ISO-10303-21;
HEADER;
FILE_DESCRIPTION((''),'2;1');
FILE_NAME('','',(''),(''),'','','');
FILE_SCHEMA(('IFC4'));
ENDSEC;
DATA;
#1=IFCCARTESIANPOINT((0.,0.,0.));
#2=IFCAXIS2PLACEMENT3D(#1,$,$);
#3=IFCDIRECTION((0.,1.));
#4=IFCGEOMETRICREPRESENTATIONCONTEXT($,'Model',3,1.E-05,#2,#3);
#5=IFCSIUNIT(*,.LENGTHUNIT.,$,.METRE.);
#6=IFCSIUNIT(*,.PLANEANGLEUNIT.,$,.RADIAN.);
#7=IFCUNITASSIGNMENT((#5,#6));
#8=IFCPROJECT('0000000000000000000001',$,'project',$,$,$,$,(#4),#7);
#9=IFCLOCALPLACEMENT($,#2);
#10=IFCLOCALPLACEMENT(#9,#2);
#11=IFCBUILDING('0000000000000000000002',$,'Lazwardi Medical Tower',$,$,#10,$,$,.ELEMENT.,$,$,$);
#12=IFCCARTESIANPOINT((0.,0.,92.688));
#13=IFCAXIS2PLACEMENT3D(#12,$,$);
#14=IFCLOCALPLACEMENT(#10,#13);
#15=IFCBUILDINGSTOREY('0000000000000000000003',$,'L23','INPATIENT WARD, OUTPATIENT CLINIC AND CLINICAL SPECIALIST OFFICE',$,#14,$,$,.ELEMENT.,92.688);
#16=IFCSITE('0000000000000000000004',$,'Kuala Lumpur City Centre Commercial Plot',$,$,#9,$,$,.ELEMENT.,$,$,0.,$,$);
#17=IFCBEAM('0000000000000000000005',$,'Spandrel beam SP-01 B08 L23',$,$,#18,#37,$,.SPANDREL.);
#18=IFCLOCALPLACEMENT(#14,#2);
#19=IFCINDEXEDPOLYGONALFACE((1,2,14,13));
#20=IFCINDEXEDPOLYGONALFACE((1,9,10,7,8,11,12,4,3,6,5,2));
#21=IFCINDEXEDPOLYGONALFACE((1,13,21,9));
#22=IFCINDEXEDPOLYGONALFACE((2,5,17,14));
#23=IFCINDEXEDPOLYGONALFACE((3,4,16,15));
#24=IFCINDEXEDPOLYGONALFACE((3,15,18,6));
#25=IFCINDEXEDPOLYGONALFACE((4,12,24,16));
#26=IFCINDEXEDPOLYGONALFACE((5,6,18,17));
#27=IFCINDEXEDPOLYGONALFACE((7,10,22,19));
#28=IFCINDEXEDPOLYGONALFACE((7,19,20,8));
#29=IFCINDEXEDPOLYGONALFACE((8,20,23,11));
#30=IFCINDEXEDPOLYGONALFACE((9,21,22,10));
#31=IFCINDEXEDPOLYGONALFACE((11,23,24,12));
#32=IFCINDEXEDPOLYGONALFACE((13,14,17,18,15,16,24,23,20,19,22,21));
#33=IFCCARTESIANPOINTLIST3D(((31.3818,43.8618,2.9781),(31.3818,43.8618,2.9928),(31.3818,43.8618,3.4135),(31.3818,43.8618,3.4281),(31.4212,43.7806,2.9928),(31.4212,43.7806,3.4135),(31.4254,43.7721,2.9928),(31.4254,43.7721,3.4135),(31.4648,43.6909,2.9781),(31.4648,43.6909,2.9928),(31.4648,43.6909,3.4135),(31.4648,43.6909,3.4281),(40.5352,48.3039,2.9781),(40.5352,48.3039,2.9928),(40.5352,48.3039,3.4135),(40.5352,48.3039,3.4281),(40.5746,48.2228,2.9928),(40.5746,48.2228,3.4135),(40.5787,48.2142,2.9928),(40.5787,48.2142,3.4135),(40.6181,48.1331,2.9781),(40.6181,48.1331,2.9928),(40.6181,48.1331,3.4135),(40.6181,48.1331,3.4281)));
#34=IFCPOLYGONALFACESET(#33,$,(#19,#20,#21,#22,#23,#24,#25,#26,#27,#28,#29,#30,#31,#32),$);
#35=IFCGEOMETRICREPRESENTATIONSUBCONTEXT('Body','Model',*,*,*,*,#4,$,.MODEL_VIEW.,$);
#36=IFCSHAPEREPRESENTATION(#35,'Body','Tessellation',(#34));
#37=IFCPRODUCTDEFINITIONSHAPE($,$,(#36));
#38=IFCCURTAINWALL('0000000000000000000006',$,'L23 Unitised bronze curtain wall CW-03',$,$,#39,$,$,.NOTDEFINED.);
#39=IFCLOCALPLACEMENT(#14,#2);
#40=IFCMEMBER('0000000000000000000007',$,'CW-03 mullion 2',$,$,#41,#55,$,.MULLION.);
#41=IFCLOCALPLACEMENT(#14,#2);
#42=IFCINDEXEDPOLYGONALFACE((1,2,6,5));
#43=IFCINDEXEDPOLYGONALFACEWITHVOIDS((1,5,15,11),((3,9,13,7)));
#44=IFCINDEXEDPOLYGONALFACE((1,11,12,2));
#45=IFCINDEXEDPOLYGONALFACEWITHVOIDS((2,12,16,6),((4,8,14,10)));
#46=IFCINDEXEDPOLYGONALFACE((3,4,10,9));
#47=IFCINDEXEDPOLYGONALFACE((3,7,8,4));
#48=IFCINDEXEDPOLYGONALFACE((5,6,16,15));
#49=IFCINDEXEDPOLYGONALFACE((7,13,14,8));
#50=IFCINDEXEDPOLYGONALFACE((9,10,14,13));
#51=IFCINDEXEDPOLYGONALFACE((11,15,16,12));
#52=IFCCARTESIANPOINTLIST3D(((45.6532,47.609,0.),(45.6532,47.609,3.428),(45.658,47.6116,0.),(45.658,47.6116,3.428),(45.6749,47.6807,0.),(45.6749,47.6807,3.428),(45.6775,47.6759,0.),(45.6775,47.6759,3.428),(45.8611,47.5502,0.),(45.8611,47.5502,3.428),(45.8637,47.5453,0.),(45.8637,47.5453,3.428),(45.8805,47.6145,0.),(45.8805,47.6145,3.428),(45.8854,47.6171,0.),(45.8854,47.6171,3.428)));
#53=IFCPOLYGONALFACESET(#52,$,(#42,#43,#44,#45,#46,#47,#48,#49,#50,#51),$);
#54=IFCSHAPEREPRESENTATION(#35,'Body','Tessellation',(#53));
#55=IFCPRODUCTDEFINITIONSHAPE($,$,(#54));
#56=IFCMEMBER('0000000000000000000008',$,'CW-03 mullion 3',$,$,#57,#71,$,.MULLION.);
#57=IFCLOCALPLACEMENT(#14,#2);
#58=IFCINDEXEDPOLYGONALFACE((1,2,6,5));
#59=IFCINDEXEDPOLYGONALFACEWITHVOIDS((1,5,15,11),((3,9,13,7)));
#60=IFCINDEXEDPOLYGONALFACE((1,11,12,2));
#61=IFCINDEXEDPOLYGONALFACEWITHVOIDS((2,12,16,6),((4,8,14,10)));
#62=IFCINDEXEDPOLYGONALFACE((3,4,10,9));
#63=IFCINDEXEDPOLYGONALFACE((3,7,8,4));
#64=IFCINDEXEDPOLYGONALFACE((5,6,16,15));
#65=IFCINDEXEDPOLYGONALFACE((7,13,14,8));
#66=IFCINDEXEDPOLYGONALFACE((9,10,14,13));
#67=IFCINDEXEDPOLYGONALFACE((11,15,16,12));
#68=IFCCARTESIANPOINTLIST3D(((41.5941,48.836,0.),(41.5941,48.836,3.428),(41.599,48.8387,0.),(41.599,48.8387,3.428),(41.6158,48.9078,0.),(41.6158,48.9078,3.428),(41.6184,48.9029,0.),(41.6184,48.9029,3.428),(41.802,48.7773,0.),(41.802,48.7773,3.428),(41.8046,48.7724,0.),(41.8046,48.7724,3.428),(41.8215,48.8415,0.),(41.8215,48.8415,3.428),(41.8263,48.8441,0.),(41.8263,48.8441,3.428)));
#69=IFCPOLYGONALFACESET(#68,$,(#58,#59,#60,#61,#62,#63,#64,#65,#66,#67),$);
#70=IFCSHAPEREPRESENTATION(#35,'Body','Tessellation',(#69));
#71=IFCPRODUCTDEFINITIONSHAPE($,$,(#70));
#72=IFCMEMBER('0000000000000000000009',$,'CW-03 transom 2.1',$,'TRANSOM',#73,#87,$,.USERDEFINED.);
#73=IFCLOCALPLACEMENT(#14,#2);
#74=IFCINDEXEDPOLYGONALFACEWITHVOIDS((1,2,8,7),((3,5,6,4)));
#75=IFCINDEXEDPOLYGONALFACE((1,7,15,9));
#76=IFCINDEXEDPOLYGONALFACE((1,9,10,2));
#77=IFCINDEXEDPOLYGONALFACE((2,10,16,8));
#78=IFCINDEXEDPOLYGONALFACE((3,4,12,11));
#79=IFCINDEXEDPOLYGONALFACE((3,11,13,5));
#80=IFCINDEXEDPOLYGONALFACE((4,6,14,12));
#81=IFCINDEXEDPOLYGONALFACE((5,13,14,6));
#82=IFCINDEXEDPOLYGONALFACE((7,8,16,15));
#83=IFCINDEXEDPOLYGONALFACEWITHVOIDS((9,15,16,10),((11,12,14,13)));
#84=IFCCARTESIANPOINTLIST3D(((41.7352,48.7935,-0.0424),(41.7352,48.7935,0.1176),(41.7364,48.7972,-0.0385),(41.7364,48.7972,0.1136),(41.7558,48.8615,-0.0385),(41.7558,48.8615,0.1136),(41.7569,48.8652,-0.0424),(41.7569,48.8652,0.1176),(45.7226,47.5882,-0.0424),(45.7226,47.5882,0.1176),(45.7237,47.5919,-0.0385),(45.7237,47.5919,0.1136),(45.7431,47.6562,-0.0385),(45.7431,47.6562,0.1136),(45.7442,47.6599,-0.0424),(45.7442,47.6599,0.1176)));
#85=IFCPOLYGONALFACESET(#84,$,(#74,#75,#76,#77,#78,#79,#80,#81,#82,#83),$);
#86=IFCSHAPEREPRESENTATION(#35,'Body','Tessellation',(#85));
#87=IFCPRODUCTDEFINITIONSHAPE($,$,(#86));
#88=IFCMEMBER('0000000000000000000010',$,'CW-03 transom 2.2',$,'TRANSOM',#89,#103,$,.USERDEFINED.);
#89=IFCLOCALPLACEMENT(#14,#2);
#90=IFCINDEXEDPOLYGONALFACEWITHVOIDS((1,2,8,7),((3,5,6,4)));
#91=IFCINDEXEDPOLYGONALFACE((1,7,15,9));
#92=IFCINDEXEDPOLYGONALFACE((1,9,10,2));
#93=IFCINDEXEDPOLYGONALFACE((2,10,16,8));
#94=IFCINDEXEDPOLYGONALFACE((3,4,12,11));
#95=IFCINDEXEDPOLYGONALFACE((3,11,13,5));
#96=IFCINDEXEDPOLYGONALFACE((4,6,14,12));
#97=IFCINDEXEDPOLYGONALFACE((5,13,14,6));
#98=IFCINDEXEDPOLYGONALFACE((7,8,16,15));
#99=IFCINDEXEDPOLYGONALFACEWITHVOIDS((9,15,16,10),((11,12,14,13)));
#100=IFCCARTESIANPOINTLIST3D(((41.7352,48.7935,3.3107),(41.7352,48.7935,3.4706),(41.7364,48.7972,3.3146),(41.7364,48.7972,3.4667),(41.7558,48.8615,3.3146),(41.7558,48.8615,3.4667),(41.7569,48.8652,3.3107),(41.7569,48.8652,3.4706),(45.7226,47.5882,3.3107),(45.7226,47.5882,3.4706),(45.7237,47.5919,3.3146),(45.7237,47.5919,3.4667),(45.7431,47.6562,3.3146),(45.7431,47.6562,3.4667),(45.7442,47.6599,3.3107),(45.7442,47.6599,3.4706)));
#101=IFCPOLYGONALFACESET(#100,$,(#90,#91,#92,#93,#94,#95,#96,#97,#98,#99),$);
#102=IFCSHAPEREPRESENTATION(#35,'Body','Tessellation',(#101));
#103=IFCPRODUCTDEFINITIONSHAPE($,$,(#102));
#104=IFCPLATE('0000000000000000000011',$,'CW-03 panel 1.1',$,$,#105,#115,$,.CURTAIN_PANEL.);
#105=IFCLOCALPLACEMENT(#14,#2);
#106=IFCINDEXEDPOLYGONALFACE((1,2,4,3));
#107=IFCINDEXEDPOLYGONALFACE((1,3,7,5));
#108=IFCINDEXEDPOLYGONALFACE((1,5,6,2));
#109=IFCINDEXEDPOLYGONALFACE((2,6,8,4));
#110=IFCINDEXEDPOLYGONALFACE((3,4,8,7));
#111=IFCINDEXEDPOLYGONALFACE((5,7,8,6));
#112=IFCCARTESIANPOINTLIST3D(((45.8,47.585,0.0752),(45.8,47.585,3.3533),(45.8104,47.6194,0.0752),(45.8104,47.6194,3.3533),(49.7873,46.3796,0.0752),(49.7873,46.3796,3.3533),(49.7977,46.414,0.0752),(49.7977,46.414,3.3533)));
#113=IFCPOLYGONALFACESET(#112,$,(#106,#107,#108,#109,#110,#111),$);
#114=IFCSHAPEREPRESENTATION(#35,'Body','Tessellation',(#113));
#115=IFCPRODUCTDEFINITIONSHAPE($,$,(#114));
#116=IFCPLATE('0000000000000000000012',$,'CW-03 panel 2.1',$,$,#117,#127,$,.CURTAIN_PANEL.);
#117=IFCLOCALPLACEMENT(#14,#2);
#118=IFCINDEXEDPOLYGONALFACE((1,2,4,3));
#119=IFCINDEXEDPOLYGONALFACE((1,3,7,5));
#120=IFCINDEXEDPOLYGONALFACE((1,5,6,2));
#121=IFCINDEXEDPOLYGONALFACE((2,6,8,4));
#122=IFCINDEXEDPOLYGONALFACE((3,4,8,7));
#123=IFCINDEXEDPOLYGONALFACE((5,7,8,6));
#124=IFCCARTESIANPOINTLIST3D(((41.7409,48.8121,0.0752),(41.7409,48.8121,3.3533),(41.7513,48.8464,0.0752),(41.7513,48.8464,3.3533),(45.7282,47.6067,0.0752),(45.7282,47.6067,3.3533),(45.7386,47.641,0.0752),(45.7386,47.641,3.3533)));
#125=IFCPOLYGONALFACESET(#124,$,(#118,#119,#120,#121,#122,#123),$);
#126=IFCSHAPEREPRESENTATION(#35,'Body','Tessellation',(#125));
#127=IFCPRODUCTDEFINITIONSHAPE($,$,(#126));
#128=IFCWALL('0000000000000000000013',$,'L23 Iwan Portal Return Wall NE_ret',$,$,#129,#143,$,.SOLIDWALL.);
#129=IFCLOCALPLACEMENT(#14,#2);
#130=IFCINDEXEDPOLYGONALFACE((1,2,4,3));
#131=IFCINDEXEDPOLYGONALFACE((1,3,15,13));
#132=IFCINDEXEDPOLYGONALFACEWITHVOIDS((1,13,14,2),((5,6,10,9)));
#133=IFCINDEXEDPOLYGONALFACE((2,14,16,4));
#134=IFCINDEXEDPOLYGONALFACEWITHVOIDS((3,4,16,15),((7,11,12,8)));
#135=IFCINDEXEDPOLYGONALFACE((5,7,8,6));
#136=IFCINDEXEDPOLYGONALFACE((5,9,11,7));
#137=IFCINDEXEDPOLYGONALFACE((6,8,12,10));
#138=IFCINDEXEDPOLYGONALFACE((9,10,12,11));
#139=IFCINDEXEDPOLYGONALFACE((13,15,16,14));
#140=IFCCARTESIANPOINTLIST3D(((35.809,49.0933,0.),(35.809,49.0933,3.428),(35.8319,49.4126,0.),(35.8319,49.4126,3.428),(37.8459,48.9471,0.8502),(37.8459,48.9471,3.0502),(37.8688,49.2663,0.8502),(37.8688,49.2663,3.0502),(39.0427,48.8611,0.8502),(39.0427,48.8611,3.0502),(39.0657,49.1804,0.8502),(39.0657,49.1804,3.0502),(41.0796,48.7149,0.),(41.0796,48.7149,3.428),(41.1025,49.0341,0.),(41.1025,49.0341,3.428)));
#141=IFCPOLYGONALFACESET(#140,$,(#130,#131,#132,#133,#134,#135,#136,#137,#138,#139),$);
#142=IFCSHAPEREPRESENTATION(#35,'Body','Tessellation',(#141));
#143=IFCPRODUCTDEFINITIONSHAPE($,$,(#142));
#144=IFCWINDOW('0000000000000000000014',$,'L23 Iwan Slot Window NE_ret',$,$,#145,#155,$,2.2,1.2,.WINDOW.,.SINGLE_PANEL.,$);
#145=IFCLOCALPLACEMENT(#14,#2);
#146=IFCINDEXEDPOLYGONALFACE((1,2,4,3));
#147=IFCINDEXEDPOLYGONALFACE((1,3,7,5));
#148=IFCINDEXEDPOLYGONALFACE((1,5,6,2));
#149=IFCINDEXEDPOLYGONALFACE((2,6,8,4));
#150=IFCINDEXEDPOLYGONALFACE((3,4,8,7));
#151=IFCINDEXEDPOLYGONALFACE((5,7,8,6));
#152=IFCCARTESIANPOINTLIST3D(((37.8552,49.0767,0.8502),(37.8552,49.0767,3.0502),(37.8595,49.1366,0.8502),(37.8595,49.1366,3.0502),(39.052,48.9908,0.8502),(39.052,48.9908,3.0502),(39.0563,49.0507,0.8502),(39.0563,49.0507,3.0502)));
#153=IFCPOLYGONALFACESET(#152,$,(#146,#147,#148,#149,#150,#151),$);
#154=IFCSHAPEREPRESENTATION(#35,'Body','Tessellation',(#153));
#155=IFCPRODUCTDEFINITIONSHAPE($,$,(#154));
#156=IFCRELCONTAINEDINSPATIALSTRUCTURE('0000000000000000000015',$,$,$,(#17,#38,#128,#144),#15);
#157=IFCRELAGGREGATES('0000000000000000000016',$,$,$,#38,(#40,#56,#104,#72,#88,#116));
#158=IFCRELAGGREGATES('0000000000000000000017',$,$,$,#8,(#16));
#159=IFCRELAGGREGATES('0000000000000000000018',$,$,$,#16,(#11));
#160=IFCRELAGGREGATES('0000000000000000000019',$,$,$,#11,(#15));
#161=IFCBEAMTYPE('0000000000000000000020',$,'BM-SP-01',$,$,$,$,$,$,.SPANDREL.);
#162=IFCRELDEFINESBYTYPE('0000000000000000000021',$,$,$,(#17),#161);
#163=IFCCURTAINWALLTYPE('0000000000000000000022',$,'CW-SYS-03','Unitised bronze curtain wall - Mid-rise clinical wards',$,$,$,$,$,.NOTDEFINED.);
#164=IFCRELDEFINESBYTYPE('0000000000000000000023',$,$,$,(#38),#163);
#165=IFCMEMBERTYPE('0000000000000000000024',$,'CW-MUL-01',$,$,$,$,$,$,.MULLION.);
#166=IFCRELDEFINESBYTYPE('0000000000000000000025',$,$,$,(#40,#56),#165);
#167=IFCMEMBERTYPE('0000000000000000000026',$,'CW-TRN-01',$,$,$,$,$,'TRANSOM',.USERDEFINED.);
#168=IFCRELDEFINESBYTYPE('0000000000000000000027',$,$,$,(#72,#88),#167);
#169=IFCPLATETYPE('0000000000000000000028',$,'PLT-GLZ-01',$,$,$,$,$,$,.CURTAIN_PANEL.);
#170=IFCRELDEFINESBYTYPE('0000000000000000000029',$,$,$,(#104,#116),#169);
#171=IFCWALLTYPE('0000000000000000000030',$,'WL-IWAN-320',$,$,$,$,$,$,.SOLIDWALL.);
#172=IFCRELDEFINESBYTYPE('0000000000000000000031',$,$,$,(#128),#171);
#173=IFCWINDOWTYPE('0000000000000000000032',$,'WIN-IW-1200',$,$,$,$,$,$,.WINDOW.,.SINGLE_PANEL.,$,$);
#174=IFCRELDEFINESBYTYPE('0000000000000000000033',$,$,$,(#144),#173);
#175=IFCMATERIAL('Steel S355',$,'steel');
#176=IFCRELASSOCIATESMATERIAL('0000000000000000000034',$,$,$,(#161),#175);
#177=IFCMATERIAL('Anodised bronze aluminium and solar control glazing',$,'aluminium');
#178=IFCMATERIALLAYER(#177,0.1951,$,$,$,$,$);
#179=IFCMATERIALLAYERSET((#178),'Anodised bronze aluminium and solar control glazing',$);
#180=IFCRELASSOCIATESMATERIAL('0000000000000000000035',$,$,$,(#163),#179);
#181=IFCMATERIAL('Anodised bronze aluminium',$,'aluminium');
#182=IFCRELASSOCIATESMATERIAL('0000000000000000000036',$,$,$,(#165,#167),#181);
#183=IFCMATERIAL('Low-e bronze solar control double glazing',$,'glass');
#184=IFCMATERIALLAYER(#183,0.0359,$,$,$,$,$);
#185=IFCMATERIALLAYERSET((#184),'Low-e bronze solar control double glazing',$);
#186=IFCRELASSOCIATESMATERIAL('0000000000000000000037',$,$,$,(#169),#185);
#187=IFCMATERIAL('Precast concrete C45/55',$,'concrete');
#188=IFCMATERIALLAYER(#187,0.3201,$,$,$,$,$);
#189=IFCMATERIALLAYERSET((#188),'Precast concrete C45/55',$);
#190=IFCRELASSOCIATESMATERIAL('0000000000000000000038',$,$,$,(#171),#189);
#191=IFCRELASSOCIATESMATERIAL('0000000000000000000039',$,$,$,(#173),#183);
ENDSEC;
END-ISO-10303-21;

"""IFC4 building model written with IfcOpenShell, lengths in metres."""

from ifc_helpers import new_model, si_unit, direction, frame, frame_2d, origin, origin_2d, place, context, subcontext, project, spatial, rectangle, hollow_rectangle, i_section, extrude, material, layer, layer_set, material_profile, profile_set, type_object, element, fill, aggregate, save


model = new_model("IFC4")

# Units and contexts
model_context = context("Model", 3, precision=1e-05, world=origin(), true_north=direction((0.0, 1.0)))
body_context = subcontext(model_context, "Body", "Model", "MODEL_VIEW")
ifc_project = project(units=[si_unit("LENGTHUNIT", "METRE"), si_unit("PLANEANGLEUNIT", "RADIAN")], contexts=[model_context])

# Site, building, storey
site_placement = place(None, origin())
site = spatial("IfcSite", under=ifc_project, at=site_placement, Name="Kuala Lumpur City Centre Commercial Plot", CompositionType="ELEMENT", RefElevation=0.0)
building_placement = place(site_placement, origin())
building = spatial("IfcBuilding", under=site, at=building_placement, Name="Lazwardi Medical Tower", CompositionType="ELEMENT")
storey_placement = place(building_placement, frame((0.0, 0.0, 92.688)))
storey = spatial("IfcBuildingStorey", under=building, at=storey_placement, Name="L23", Description="INPATIENT WARD, OUTPATIENT CLINIC AND CLINICAL SPECIALIST OFFICE", CompositionType="ELEMENT", Elevation=92.688)

# Beam
ifc_material_1 = material(Name="Steel S355", Category="steel")
ifc_material_profile_1 = material_profile(ifc_material_1, i_section(OverallWidth=0.1899, OverallDepth=0.45, WebThickness=0.0095, FlangeThickness=0.0146, at=origin_2d()), Name="IPE 450")
ifc_profile_set_1 = profile_set([ifc_material_profile_1], Name="Steel S355")
beam_type_1 = type_object("IfcBeamType", Name="BM-SP-01", PredefinedType="SPANDREL", material=ifc_profile_set_1)
beam_1_placement = place(storey_placement, frame((40.5767, 48.2185, 3.2031), z_axis=(-0.899653, -0.436605, 0.0), x_axis=(0.436605, -0.899653, 0.0)))
element("IfcBeam", 1, at=beam_1_placement, inside=storey, type_object=beam_type_1, Name="Spandrel beam SP-01 B08 L23", PredefinedType="SPANDREL", context=body_context, shape_type="SweptSolid", body=[
    extrude(i_section(OverallWidth=0.1899, OverallDepth=0.45, WebThickness=0.0095, FlangeThickness=0.0146, at=origin_2d()), origin(), (0.0, 0.0, 1.0), 10.1743),
])

# Curtain wall, members, plates
ifc_material_2 = material(Name="Anodised bronze aluminium and solar control glazing", Category="aluminium")
ifc_layer_1 = layer(ifc_material_2, 0.1951)
ifc_layer_set_1 = layer_set([ifc_layer_1], Name="Anodised bronze aluminium and solar control glazing")
curtain_wall_type = type_object("IfcCurtainWallType", Name="CW-SYS-03", Description="Unitised bronze curtain wall - Mid-rise clinical wards", PredefinedType="NOTDEFINED", material=ifc_layer_set_1)
curtain_wall_placement = place(storey_placement, origin())
curtain_wall = element("IfcCurtainWall", 2, at=curtain_wall_placement, inside=storey, type_object=curtain_wall_type, Name="L23 Unitised bronze curtain wall CW-03", PredefinedType="NOTDEFINED")
ifc_material_3 = material(Name="Anodised bronze aluminium", Category="aluminium")
ifc_material_profile_2 = material_profile(ifc_material_3, hollow_rectangle(XDim=0.075, YDim=0.22, WallThickness=0.0039, at=origin_2d()), Name="ALU-MULLION 220x75x4")
ifc_profile_set_2 = profile_set([ifc_material_profile_2], Name="Anodised bronze aluminium")
member_type_1 = type_object("IfcMemberType", Name="CW-MUL-01", PredefinedType="MULLION", material=ifc_profile_set_2)
member_1_placement = place(storey_placement, frame((45.7693, 47.613, 0.0), z_axis=(0.0, 0.0, 1.0), x_axis=(-0.289374, -0.957216, 0.0)))
member_1 = element("IfcMember", 3, at=member_1_placement, type_object=member_type_1, Name="CW-03 mullion 2", PredefinedType="MULLION", context=body_context, shape_type="SweptSolid", body=[
    extrude(hollow_rectangle(XDim=0.075, YDim=0.22, WallThickness=0.0039, at=origin_2d()), origin(), (0.0, 0.0, 1.0), 3.428),
])
member_2_placement = place(storey_placement, frame((41.7102, 48.8401, 0.0), z_axis=(0.0, 0.0, 1.0), x_axis=(-0.289374, -0.957216, 0.0)))
member_2 = element("IfcMember", 4, at=member_2_placement, type_object=member_type_1, Name="CW-03 mullion 3", PredefinedType="MULLION", context=body_context, shape_type="SweptSolid", body=[
    extrude(hollow_rectangle(XDim=0.075, YDim=0.22, WallThickness=0.0039, at=origin_2d()), origin(), (0.0, 0.0, 1.0), 3.428),
])
ifc_material_profile_3 = material_profile(ifc_material_3, hollow_rectangle(XDim=0.075, YDim=0.1599, WallThickness=0.0039, at=origin_2d()), Name="ALU-TRANSOM 160x75x4")
ifc_profile_set_3 = profile_set([ifc_material_profile_3], Name="Anodised bronze aluminium")
member_type_2 = type_object("IfcMemberType", Name="CW-TRN-01", ElementType="TRANSOM", PredefinedType="USERDEFINED", material=ifc_profile_set_3)
member_3_placement = place(storey_placement, frame((45.7334, 47.624, 0.0376), z_axis=(-0.957221, 0.289358, 0.0), x_axis=(-0.289358, -0.957221, 0.0)))
member_3 = element("IfcMember", 5, at=member_3_placement, type_object=member_type_2, Name="CW-03 transom 2.1", ObjectType="TRANSOM", PredefinedType="USERDEFINED", context=body_context, shape_type="SweptSolid", body=[
    extrude(hollow_rectangle(XDim=0.075, YDim=0.1599, WallThickness=0.0039, at=origin_2d()), origin(), (0.0, 0.0, 1.0), 4.1655),
])
member_4_placement = place(storey_placement, frame((45.7334, 47.624, 3.3906), z_axis=(-0.957221, 0.289358, 0.0), x_axis=(-0.289358, -0.957221, 0.0)))
member_4 = element("IfcMember", 6, at=member_4_placement, type_object=member_type_2, Name="CW-03 transom 2.2", ObjectType="TRANSOM", PredefinedType="USERDEFINED", context=body_context, shape_type="SweptSolid", body=[
    extrude(hollow_rectangle(XDim=0.075, YDim=0.1599, WallThickness=0.0039, at=origin_2d()), origin(), (0.0, 0.0, 1.0), 4.1655),
])
ifc_material_4 = material(Name="Low-e bronze solar control double glazing", Category="glass")
ifc_layer_2 = layer(ifc_material_4, 0.0359)
ifc_layer_set_2 = layer_set([ifc_layer_2], Name="Low-e bronze solar control double glazing")
plate_type = type_object("IfcPlateType", Name="PLT-GLZ-01", PredefinedType="CURTAIN_PANEL", material=ifc_layer_set_2)
plate_1_placement = place(storey_placement, frame((47.7988, 46.9995, 0.0752), z_axis=(0.0, 0.0, 1.0), x_axis=(-0.957216, 0.289374, 0.0)))
plate_1 = element("IfcPlate", 7, at=plate_1_placement, type_object=plate_type, Name="CW-03 panel 1.1", PredefinedType="CURTAIN_PANEL", context=body_context, shape_type="SweptSolid", body=[
    extrude(rectangle(XDim=4.1655, YDim=0.0359, at=origin_2d()), origin(), (0.0, 0.0, 1.0), 3.2781),
])
plate_2_placement = place(storey_placement, frame((43.7397, 48.2266, 0.0752), z_axis=(0.0, 0.0, 1.0), x_axis=(-0.957216, 0.289374, 0.0)))
plate_2 = element("IfcPlate", 8, at=plate_2_placement, type_object=plate_type, Name="CW-03 panel 2.1", PredefinedType="CURTAIN_PANEL", context=body_context, shape_type="SweptSolid", body=[
    extrude(rectangle(XDim=4.1655, YDim=0.0359, at=origin_2d()), origin(), (0.0, 0.0, 1.0), 3.2781),
])
aggregate(curtain_wall, [member_1, member_2, plate_1, member_3, member_4, plate_2])

# Wall, opening, window
ifc_material_5 = material(Name="Precast concrete C45/55", Category="concrete")
ifc_layer_3 = layer(ifc_material_5, 0.3201)
ifc_layer_set_3 = layer_set([ifc_layer_3], Name="Precast concrete C45/55")
wall_type_1 = type_object("IfcWallType", Name="WL-IWAN-320", PredefinedType="SOLIDWALL", material=ifc_layer_set_3)
wall_1_placement = place(storey_placement, frame((41.0911, 48.8745, 0.0), z_axis=(0.0, 0.0, 1.0), x_axis=(-0.997432, 0.071615, 0.0)))
wall_1 = element("IfcWall", 9, at=wall_1_placement, inside=storey, type_object=wall_type_1, Name="L23 Iwan Portal Return Wall NE_ret", PredefinedType="SOLIDWALL", context=body_context, shape_type="SweptSolid", body=[
    extrude(rectangle(XDim=5.2842, YDim=0.3201, at=frame_2d((2.6421, 0.0))), origin(), (0.0, 0.0, 1.0), 3.428),
])
opening_1_placement = place(wall_1_placement, frame((2.042, 0.0, 0.8501)))
opening_1 = element("IfcOpeningElement", 10, at=opening_1_placement, cuts=wall_1, PredefinedType="OPENING", context=body_context, shape_type="SweptSolid", body=[
    extrude(rectangle(XDim=1.2, YDim=2.2, at=frame_2d((0.6001, 1.1001))), frame((0.0, 0.1699, 0.0), z_axis=(0.0, -1.0, 0.0), x_axis=(1.0, 0.0, 0.0)), (0.0, 0.0, 1.0), 0.3401),
])
window_type_1 = type_object("IfcWindowType", Name="WIN-IW-1200", PartitioningType="SINGLE_PANEL", PredefinedType="WINDOW", material=ifc_material_4)
window_1_placement = place(opening_1_placement, origin())
window_1 = element("IfcWindow", 11, at=window_1_placement, inside=storey, type_object=window_type_1, Name="L23 Iwan Slot Window NE_ret", OverallHeight=2.2, OverallWidth=1.2, PartitioningType="SINGLE_PANEL", PredefinedType="WINDOW", context=body_context, shape_type="SweptSolid", body=[
    extrude(rectangle(XDim=1.2, YDim=2.2, at=frame_2d((0.6001, 1.1001))), frame((0.0, 0.03, 0.0), z_axis=(0.0, -1.0, 0.0), x_axis=(1.0, 0.0, 0.0)), (0.0, 0.0, 1.0), 0.0601),
])
fill(opening_1, window_1)

save(model, "model.ifc")
